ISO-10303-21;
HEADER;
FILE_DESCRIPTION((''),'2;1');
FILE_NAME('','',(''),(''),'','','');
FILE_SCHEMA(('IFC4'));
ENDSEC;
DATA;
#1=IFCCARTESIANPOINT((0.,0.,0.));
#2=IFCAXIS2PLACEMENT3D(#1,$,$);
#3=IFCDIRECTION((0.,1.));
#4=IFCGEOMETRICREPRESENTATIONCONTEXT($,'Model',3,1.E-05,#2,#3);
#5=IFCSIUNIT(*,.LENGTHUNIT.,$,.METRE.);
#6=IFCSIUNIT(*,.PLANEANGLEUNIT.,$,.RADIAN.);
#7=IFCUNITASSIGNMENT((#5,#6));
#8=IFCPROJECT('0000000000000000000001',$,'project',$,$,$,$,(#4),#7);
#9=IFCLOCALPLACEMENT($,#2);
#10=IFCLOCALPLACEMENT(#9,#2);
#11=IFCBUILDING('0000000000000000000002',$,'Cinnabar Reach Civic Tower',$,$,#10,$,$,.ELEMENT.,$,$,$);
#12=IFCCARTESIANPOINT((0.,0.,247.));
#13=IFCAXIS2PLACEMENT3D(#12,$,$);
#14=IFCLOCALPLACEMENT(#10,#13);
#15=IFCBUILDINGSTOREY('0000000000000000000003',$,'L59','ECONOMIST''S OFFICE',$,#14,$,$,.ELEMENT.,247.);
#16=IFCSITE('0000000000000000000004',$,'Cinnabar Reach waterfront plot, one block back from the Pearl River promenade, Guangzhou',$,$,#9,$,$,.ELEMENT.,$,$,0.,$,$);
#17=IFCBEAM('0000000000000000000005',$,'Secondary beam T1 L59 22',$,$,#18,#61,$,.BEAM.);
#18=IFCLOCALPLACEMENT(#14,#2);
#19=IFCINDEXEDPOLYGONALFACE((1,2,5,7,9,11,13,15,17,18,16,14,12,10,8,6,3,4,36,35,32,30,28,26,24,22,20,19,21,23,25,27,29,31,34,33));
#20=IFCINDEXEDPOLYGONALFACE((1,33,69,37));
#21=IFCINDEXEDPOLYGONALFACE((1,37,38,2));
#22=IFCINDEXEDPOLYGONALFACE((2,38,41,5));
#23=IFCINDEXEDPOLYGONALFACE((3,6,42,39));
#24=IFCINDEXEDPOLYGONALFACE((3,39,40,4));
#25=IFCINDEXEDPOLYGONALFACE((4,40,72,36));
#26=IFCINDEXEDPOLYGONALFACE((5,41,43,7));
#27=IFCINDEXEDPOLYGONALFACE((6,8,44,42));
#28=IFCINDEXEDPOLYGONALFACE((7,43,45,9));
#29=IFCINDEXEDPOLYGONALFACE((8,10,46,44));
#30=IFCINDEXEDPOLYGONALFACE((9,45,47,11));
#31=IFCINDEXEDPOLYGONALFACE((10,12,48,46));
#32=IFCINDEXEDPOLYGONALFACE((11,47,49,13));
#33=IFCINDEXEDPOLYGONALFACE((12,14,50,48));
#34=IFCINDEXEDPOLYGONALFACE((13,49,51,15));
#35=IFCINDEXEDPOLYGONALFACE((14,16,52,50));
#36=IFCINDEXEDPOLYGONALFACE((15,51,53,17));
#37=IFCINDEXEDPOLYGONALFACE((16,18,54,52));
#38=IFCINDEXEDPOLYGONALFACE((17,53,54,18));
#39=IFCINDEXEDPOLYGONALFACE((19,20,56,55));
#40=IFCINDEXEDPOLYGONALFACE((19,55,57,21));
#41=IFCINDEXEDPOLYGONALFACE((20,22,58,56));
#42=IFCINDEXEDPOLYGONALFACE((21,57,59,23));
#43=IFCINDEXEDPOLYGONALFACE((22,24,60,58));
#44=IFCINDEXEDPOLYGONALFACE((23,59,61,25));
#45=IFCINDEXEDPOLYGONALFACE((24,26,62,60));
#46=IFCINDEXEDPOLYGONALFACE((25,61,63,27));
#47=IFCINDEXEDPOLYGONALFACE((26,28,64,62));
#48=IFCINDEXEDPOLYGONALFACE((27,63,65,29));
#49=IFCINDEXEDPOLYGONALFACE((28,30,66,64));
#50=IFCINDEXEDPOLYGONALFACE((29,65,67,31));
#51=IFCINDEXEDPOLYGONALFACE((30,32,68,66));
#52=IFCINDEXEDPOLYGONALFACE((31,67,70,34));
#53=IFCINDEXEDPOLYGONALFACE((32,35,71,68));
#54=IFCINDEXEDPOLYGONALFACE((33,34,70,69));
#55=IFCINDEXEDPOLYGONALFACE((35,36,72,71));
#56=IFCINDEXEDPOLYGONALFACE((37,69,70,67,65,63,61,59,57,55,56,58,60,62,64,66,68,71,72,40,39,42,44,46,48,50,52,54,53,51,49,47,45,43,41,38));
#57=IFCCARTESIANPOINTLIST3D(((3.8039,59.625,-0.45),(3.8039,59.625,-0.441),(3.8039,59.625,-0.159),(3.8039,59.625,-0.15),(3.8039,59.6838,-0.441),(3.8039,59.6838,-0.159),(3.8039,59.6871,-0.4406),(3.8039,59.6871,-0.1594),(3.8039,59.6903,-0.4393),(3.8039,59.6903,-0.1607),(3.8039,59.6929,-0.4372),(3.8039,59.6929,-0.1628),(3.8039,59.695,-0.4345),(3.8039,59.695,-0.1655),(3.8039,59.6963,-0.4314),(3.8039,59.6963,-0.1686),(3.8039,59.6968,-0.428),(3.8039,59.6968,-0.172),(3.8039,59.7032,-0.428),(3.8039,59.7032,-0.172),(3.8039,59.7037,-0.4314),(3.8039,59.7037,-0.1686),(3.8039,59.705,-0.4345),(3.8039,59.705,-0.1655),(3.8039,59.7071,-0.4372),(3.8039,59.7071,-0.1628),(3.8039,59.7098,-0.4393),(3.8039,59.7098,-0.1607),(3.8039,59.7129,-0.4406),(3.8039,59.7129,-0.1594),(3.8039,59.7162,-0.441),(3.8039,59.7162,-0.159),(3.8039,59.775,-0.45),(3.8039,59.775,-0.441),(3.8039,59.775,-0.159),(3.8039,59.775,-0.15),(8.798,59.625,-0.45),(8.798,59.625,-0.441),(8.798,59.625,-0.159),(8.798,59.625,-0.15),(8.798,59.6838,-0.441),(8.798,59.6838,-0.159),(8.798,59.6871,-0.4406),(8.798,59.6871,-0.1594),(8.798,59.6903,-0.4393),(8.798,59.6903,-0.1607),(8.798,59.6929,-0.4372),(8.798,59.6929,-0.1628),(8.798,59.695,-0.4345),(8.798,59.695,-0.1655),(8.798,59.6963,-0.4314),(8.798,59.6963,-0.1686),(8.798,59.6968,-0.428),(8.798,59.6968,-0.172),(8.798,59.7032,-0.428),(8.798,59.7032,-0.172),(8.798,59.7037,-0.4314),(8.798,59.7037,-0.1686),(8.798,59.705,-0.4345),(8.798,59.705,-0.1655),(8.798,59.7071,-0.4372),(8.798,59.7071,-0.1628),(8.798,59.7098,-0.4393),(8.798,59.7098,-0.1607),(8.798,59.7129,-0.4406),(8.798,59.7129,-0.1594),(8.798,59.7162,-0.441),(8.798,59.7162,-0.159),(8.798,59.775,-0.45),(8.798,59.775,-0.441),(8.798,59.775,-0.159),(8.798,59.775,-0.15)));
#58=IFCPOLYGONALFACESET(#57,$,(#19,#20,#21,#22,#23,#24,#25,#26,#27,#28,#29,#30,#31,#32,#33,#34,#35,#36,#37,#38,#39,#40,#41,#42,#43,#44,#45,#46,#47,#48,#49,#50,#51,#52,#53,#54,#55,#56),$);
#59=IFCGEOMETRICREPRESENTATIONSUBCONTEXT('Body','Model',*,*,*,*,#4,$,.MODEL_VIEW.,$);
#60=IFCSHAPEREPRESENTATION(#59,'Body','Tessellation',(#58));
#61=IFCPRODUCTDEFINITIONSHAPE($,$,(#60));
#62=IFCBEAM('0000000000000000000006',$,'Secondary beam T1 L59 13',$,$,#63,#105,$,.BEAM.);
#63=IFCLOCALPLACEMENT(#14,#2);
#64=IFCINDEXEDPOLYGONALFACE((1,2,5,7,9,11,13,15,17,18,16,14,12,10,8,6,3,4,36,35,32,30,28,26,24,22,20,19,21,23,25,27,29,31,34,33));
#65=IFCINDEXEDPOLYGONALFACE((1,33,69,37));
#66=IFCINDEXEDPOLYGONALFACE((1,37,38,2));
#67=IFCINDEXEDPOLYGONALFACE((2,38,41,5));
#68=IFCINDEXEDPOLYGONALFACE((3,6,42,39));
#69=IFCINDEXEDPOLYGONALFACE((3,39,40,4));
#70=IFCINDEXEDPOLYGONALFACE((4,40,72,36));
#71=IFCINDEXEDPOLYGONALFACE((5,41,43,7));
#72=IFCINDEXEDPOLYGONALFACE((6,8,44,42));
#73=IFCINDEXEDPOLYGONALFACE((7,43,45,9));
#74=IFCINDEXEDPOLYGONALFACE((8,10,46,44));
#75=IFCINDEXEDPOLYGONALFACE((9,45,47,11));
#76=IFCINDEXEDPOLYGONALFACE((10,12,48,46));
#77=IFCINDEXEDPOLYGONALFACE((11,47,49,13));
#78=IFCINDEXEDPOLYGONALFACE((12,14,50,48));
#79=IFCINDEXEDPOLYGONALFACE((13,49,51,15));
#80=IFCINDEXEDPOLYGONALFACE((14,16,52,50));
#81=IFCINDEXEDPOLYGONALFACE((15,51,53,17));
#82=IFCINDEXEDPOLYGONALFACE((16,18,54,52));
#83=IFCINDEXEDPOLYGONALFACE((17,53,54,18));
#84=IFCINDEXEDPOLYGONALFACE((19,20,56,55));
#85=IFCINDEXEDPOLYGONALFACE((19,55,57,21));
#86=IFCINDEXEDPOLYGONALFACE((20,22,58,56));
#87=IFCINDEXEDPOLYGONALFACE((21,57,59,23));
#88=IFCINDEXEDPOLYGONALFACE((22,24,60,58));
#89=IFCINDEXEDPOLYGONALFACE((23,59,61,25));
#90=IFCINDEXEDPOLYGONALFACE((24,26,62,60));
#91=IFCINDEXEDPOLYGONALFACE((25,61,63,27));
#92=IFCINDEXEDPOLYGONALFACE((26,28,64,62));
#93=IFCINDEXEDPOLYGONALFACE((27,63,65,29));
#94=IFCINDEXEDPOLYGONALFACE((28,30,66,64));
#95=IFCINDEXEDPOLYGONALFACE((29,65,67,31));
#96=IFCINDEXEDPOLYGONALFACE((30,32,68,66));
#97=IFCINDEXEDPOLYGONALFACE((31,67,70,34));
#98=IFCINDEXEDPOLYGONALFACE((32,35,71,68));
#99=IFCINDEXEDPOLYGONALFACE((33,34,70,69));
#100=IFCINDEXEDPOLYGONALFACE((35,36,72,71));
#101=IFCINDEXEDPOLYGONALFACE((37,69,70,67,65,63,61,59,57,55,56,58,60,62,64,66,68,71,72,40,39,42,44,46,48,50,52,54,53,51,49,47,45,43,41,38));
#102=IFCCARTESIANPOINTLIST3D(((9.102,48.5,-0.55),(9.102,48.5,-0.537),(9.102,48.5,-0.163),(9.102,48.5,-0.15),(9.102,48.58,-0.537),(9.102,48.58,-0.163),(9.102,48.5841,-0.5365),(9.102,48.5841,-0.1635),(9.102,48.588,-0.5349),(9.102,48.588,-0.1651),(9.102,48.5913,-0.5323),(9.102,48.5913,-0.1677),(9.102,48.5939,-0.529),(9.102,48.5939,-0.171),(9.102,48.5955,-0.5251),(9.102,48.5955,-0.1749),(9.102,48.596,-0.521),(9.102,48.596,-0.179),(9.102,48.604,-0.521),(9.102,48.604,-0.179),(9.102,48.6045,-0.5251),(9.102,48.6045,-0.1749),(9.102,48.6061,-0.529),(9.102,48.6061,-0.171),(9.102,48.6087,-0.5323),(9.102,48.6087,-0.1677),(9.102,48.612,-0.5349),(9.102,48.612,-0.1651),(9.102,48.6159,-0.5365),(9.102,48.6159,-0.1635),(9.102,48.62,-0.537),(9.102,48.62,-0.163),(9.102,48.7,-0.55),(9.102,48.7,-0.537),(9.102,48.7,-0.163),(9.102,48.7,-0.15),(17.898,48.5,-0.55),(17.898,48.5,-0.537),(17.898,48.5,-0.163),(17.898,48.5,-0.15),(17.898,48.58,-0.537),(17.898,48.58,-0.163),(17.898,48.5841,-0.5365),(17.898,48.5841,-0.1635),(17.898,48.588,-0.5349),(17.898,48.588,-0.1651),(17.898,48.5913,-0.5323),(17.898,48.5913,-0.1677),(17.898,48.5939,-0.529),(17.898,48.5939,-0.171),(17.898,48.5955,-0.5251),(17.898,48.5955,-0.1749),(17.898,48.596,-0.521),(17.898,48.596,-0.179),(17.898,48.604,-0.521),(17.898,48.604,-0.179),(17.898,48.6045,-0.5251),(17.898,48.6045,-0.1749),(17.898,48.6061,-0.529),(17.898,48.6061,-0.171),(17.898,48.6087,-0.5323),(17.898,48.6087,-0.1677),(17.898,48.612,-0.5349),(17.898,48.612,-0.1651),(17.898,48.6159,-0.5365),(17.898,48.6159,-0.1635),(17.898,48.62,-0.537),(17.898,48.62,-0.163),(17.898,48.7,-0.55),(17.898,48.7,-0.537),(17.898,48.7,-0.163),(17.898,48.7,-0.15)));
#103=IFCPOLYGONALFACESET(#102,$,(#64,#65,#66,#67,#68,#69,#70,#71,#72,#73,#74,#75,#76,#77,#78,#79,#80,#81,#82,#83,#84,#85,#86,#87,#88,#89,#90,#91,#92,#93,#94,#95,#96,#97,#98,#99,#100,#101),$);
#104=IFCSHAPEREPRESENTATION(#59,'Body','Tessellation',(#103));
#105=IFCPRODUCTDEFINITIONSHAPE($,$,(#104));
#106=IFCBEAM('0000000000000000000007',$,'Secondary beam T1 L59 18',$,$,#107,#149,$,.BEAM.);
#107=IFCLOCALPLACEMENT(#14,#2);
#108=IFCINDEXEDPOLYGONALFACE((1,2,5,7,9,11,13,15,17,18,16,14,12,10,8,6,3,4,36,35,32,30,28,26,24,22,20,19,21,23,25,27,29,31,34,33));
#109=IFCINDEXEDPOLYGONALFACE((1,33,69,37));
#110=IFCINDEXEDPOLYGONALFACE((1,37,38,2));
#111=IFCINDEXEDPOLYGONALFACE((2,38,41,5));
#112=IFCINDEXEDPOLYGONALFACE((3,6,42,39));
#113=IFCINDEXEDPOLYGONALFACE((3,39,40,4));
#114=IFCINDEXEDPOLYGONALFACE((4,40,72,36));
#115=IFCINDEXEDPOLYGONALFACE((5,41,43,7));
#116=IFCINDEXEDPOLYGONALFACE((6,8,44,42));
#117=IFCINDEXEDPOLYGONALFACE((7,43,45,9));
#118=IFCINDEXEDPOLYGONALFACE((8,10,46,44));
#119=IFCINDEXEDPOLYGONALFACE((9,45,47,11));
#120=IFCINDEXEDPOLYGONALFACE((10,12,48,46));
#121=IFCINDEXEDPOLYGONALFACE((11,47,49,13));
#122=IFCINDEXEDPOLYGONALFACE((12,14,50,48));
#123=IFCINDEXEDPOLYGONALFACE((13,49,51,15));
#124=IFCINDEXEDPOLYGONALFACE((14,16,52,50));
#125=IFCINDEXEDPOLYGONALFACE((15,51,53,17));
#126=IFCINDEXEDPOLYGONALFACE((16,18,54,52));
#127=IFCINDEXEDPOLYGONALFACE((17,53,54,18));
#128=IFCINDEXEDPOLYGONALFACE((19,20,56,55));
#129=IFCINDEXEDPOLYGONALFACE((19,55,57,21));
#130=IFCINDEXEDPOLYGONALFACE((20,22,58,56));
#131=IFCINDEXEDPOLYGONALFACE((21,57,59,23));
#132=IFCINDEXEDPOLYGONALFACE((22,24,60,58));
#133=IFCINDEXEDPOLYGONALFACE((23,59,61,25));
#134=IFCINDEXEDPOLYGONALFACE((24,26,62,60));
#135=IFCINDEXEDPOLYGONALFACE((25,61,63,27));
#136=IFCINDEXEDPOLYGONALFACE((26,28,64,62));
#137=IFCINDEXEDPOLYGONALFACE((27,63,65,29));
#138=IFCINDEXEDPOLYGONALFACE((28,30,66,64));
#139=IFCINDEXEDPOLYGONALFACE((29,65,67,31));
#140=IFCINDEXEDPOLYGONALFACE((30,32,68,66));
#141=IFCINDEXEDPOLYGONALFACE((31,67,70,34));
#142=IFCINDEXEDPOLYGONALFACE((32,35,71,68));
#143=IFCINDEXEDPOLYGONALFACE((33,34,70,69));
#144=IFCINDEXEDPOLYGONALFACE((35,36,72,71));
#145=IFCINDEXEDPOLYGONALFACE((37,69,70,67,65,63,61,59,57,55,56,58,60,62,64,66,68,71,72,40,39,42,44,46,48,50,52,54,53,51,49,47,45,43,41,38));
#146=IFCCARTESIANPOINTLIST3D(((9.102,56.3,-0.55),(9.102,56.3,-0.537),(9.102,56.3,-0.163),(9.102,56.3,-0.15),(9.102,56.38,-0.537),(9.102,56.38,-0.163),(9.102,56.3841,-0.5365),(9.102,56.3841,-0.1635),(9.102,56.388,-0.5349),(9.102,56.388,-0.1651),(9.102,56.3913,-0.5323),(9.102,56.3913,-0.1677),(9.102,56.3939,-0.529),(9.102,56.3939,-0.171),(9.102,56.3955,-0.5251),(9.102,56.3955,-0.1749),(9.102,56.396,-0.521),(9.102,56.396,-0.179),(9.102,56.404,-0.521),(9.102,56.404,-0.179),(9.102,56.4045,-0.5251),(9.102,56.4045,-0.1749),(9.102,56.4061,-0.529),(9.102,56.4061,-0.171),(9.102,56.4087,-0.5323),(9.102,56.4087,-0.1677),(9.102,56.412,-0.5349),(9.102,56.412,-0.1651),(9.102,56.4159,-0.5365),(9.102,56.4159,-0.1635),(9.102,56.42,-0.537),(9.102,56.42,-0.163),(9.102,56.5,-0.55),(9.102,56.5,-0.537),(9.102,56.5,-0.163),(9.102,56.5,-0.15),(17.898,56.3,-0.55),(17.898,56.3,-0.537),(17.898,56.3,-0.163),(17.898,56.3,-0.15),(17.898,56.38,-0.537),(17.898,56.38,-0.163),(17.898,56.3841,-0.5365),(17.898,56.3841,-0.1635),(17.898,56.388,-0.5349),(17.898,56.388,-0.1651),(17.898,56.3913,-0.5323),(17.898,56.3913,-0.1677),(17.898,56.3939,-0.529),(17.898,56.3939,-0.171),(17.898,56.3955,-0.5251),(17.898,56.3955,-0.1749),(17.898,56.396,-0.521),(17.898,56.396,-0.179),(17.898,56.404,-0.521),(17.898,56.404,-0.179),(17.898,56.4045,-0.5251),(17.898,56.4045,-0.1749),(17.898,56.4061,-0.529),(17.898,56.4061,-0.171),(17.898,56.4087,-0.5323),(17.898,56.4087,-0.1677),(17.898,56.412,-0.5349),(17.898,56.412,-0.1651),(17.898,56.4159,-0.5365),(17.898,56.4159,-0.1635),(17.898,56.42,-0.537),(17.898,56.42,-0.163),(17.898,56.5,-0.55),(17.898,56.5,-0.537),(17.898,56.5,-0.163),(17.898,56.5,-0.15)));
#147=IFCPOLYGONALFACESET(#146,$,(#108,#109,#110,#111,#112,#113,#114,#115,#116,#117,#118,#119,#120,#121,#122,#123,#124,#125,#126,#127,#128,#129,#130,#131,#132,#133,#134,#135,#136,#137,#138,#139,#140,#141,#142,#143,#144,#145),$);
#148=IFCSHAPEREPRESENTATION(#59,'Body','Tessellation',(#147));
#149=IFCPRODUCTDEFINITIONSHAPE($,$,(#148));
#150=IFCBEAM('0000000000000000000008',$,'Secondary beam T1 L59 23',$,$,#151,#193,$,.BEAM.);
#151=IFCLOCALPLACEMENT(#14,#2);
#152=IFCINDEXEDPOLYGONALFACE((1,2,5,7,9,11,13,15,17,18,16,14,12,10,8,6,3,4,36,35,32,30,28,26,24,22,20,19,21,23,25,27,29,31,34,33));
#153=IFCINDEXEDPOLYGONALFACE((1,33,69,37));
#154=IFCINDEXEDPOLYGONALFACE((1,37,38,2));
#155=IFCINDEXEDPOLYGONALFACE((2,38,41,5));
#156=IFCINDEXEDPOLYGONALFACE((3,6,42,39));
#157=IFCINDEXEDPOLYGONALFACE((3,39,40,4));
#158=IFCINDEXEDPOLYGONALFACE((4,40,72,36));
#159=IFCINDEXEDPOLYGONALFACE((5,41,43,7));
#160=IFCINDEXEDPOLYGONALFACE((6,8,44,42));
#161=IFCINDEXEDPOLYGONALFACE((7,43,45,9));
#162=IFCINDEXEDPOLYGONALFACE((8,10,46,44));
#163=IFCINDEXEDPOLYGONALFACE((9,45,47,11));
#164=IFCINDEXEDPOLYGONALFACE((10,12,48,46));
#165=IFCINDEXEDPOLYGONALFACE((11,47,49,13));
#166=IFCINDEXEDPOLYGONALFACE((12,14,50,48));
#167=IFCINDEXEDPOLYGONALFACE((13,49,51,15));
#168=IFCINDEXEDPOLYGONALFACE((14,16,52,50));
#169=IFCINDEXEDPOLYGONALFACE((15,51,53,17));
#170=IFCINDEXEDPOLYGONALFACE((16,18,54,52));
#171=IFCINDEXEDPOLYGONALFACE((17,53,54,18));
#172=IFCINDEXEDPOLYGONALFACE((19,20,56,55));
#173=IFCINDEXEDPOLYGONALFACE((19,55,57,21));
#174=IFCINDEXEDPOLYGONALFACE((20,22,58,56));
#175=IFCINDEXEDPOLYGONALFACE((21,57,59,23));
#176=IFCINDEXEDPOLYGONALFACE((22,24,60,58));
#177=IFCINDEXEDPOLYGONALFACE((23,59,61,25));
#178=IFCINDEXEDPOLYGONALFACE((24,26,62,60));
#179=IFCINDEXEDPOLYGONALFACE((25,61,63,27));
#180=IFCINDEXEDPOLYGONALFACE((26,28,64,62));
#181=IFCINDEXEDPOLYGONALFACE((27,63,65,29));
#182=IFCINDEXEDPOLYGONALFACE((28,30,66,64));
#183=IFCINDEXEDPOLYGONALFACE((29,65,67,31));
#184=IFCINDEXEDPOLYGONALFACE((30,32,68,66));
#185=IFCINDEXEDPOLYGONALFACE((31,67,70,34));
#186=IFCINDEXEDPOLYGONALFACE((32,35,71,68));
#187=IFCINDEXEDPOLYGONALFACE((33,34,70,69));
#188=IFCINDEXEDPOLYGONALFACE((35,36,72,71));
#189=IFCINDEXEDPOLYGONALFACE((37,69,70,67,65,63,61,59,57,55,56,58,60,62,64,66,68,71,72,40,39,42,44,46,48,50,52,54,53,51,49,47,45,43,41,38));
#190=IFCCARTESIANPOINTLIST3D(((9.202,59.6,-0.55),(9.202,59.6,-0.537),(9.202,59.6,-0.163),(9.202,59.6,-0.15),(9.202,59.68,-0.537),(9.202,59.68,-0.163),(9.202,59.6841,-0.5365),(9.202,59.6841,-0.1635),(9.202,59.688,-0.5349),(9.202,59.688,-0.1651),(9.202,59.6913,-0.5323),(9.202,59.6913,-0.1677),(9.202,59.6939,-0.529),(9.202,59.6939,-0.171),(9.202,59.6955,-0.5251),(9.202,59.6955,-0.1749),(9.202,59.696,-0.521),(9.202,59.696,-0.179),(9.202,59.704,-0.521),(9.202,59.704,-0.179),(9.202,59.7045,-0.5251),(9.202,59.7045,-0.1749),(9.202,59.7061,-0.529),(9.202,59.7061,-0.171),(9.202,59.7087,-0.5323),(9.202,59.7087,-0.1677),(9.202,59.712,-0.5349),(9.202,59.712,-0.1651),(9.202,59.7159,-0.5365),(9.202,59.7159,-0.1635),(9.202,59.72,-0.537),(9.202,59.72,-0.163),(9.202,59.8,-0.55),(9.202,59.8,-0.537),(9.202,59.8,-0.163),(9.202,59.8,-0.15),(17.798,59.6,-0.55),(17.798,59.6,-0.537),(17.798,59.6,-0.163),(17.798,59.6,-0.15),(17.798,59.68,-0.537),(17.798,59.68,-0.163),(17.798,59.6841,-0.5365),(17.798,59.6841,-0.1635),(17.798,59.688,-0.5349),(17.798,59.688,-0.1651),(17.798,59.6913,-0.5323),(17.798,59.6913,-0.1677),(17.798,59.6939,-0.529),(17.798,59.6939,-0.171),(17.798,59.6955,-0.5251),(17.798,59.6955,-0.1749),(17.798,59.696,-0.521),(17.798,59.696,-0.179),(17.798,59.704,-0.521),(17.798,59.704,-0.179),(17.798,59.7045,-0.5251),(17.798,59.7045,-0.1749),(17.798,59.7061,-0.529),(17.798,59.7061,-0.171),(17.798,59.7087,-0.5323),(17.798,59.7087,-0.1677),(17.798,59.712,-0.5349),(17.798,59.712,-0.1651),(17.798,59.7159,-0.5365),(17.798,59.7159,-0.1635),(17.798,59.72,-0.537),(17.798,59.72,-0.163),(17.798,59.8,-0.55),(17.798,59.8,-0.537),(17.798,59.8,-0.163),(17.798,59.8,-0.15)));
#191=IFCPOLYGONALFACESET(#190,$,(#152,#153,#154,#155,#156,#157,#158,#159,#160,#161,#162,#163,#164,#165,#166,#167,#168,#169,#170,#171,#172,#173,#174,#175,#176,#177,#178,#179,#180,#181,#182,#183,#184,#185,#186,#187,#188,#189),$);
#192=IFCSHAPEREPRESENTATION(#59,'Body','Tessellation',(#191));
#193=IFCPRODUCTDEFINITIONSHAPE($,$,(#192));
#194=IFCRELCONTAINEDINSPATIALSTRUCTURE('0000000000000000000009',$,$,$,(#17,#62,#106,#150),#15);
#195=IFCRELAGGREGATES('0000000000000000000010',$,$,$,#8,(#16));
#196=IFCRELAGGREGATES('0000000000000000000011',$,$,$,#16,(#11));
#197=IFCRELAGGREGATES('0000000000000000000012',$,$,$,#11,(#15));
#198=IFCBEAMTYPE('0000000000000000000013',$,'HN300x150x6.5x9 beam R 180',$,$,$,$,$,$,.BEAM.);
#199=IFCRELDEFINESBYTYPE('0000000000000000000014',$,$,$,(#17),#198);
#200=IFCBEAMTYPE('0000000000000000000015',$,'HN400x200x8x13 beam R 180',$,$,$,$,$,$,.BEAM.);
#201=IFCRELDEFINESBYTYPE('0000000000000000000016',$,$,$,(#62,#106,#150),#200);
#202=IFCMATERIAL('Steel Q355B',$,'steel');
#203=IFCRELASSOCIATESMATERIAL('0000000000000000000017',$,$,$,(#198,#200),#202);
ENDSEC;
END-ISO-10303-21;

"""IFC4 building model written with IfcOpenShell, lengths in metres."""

from ifc_helpers import new_model, si_unit, direction, frame, origin, origin_2d, place, context, subcontext, project, spatial, i_section, extrude, material, material_profile, profile_set, type_object, element, save


model = new_model("IFC4")

# Units and contexts
model_context = context("Model", 3, precision=1e-05, world=origin(), true_north=direction((0.0, 1.0)))
body_context = subcontext(model_context, "Body", "Model", "MODEL_VIEW")
ifc_project = project(units=[si_unit("LENGTHUNIT", "METRE"), si_unit("PLANEANGLEUNIT", "RADIAN")], contexts=[model_context])

# Site, building, storey
site_placement = place(None, origin())
site = spatial("IfcSite", under=ifc_project, at=site_placement, Name="Cinnabar Reach waterfront plot, one block back from the Pearl River promenade, Guangzhou", CompositionType="ELEMENT", RefElevation=0.0)
building_placement = place(site_placement, origin())
building = spatial("IfcBuilding", under=site, at=building_placement, Name="Cinnabar Reach Civic Tower", CompositionType="ELEMENT")
storey_placement = place(building_placement, frame((0.0, 0.0, 247.0)))
storey = spatial("IfcBuildingStorey", under=building, at=storey_placement, Name="L59", Description="ECONOMIST'S OFFICE", CompositionType="ELEMENT", Elevation=247.0)

# Beams
ifc_material_1 = material(Name="Steel Q355B", Category="steel")
ifc_material_profile_1 = material_profile(ifc_material_1, i_section(OverallWidth=0.15, OverallDepth=0.3, WebThickness=0.0065, FlangeThickness=0.009, FilletRadius=0.013, at=origin_2d()), Name="HN300x150x6.5x9")
ifc_profile_set_1 = profile_set([ifc_material_profile_1], Name="Steel Q355B")
beam_type_1 = type_object("IfcBeamType", Name="HN300x150x6.5x9 beam R 180", PredefinedType="BEAM", material=ifc_profile_set_1)
beam_1_placement = place(storey_placement, frame((3.8039, 59.7, -0.3), z_axis=(1.0, 0.0, 0.0), x_axis=(0.0, 1.0, 0.0)))
element("IfcBeam", 1, at=beam_1_placement, inside=storey, type_object=beam_type_1, Name="Secondary beam T1 L59 22", PredefinedType="BEAM", context=body_context, shape_type="SweptSolid", body=[
    extrude(i_section(OverallWidth=0.15, OverallDepth=0.3, WebThickness=0.0065, FlangeThickness=0.009, FilletRadius=0.013, at=origin_2d()), origin(), (0.0, 0.0, 1.0), 4.9941),
])
ifc_material_profile_2 = material_profile(ifc_material_1, i_section(OverallWidth=0.2, OverallDepth=0.4, WebThickness=0.008, FlangeThickness=0.013, FilletRadius=0.016, at=origin_2d()), Name="HN400x200x8x13")
ifc_profile_set_2 = profile_set([ifc_material_profile_2], Name="Steel Q355B")
beam_type_2 = type_object("IfcBeamType", Name="HN400x200x8x13 beam R 180", PredefinedType="BEAM", material=ifc_profile_set_2)
for number, where, z_axis, x_axis, name in (
    (2, (9.102, 48.6, -0.35), (1.0, 0.0, 0.0), (0.0, 1.0, 0.0), "Secondary beam T1 L59 13"),
    (3, (9.102, 56.4, -0.35), (1.0, 0.0, 0.0), (0.0, 1.0, 0.0), "Secondary beam T1 L59 18"),
):
    element("IfcBeam", number, at=place(storey_placement, frame(where, z_axis=z_axis, x_axis=x_axis)), inside=storey, type_object=beam_type_2, Name=name, PredefinedType="BEAM", context=body_context, shape_type="SweptSolid", body=[
        extrude(i_section(OverallWidth=0.2, OverallDepth=0.4, WebThickness=0.008, FlangeThickness=0.013, FilletRadius=0.016, at=origin_2d()), origin(), (0.0, 0.0, 1.0), 8.796),
    ])
beam_2_placement = place(storey_placement, frame((9.202, 59.7, -0.35), z_axis=(1.0, 0.0, 0.0), x_axis=(0.0, 1.0, 0.0)))
element("IfcBeam", 4, at=beam_2_placement, inside=storey, type_object=beam_type_2, Name="Secondary beam T1 L59 23", PredefinedType="BEAM", context=body_context, shape_type="SweptSolid", body=[
    extrude(i_section(OverallWidth=0.2, OverallDepth=0.4, WebThickness=0.008, FlangeThickness=0.013, FilletRadius=0.016, at=origin_2d()), origin(), (0.0, 0.0, 1.0), 8.596),
])

save(model, "model.ifc")
